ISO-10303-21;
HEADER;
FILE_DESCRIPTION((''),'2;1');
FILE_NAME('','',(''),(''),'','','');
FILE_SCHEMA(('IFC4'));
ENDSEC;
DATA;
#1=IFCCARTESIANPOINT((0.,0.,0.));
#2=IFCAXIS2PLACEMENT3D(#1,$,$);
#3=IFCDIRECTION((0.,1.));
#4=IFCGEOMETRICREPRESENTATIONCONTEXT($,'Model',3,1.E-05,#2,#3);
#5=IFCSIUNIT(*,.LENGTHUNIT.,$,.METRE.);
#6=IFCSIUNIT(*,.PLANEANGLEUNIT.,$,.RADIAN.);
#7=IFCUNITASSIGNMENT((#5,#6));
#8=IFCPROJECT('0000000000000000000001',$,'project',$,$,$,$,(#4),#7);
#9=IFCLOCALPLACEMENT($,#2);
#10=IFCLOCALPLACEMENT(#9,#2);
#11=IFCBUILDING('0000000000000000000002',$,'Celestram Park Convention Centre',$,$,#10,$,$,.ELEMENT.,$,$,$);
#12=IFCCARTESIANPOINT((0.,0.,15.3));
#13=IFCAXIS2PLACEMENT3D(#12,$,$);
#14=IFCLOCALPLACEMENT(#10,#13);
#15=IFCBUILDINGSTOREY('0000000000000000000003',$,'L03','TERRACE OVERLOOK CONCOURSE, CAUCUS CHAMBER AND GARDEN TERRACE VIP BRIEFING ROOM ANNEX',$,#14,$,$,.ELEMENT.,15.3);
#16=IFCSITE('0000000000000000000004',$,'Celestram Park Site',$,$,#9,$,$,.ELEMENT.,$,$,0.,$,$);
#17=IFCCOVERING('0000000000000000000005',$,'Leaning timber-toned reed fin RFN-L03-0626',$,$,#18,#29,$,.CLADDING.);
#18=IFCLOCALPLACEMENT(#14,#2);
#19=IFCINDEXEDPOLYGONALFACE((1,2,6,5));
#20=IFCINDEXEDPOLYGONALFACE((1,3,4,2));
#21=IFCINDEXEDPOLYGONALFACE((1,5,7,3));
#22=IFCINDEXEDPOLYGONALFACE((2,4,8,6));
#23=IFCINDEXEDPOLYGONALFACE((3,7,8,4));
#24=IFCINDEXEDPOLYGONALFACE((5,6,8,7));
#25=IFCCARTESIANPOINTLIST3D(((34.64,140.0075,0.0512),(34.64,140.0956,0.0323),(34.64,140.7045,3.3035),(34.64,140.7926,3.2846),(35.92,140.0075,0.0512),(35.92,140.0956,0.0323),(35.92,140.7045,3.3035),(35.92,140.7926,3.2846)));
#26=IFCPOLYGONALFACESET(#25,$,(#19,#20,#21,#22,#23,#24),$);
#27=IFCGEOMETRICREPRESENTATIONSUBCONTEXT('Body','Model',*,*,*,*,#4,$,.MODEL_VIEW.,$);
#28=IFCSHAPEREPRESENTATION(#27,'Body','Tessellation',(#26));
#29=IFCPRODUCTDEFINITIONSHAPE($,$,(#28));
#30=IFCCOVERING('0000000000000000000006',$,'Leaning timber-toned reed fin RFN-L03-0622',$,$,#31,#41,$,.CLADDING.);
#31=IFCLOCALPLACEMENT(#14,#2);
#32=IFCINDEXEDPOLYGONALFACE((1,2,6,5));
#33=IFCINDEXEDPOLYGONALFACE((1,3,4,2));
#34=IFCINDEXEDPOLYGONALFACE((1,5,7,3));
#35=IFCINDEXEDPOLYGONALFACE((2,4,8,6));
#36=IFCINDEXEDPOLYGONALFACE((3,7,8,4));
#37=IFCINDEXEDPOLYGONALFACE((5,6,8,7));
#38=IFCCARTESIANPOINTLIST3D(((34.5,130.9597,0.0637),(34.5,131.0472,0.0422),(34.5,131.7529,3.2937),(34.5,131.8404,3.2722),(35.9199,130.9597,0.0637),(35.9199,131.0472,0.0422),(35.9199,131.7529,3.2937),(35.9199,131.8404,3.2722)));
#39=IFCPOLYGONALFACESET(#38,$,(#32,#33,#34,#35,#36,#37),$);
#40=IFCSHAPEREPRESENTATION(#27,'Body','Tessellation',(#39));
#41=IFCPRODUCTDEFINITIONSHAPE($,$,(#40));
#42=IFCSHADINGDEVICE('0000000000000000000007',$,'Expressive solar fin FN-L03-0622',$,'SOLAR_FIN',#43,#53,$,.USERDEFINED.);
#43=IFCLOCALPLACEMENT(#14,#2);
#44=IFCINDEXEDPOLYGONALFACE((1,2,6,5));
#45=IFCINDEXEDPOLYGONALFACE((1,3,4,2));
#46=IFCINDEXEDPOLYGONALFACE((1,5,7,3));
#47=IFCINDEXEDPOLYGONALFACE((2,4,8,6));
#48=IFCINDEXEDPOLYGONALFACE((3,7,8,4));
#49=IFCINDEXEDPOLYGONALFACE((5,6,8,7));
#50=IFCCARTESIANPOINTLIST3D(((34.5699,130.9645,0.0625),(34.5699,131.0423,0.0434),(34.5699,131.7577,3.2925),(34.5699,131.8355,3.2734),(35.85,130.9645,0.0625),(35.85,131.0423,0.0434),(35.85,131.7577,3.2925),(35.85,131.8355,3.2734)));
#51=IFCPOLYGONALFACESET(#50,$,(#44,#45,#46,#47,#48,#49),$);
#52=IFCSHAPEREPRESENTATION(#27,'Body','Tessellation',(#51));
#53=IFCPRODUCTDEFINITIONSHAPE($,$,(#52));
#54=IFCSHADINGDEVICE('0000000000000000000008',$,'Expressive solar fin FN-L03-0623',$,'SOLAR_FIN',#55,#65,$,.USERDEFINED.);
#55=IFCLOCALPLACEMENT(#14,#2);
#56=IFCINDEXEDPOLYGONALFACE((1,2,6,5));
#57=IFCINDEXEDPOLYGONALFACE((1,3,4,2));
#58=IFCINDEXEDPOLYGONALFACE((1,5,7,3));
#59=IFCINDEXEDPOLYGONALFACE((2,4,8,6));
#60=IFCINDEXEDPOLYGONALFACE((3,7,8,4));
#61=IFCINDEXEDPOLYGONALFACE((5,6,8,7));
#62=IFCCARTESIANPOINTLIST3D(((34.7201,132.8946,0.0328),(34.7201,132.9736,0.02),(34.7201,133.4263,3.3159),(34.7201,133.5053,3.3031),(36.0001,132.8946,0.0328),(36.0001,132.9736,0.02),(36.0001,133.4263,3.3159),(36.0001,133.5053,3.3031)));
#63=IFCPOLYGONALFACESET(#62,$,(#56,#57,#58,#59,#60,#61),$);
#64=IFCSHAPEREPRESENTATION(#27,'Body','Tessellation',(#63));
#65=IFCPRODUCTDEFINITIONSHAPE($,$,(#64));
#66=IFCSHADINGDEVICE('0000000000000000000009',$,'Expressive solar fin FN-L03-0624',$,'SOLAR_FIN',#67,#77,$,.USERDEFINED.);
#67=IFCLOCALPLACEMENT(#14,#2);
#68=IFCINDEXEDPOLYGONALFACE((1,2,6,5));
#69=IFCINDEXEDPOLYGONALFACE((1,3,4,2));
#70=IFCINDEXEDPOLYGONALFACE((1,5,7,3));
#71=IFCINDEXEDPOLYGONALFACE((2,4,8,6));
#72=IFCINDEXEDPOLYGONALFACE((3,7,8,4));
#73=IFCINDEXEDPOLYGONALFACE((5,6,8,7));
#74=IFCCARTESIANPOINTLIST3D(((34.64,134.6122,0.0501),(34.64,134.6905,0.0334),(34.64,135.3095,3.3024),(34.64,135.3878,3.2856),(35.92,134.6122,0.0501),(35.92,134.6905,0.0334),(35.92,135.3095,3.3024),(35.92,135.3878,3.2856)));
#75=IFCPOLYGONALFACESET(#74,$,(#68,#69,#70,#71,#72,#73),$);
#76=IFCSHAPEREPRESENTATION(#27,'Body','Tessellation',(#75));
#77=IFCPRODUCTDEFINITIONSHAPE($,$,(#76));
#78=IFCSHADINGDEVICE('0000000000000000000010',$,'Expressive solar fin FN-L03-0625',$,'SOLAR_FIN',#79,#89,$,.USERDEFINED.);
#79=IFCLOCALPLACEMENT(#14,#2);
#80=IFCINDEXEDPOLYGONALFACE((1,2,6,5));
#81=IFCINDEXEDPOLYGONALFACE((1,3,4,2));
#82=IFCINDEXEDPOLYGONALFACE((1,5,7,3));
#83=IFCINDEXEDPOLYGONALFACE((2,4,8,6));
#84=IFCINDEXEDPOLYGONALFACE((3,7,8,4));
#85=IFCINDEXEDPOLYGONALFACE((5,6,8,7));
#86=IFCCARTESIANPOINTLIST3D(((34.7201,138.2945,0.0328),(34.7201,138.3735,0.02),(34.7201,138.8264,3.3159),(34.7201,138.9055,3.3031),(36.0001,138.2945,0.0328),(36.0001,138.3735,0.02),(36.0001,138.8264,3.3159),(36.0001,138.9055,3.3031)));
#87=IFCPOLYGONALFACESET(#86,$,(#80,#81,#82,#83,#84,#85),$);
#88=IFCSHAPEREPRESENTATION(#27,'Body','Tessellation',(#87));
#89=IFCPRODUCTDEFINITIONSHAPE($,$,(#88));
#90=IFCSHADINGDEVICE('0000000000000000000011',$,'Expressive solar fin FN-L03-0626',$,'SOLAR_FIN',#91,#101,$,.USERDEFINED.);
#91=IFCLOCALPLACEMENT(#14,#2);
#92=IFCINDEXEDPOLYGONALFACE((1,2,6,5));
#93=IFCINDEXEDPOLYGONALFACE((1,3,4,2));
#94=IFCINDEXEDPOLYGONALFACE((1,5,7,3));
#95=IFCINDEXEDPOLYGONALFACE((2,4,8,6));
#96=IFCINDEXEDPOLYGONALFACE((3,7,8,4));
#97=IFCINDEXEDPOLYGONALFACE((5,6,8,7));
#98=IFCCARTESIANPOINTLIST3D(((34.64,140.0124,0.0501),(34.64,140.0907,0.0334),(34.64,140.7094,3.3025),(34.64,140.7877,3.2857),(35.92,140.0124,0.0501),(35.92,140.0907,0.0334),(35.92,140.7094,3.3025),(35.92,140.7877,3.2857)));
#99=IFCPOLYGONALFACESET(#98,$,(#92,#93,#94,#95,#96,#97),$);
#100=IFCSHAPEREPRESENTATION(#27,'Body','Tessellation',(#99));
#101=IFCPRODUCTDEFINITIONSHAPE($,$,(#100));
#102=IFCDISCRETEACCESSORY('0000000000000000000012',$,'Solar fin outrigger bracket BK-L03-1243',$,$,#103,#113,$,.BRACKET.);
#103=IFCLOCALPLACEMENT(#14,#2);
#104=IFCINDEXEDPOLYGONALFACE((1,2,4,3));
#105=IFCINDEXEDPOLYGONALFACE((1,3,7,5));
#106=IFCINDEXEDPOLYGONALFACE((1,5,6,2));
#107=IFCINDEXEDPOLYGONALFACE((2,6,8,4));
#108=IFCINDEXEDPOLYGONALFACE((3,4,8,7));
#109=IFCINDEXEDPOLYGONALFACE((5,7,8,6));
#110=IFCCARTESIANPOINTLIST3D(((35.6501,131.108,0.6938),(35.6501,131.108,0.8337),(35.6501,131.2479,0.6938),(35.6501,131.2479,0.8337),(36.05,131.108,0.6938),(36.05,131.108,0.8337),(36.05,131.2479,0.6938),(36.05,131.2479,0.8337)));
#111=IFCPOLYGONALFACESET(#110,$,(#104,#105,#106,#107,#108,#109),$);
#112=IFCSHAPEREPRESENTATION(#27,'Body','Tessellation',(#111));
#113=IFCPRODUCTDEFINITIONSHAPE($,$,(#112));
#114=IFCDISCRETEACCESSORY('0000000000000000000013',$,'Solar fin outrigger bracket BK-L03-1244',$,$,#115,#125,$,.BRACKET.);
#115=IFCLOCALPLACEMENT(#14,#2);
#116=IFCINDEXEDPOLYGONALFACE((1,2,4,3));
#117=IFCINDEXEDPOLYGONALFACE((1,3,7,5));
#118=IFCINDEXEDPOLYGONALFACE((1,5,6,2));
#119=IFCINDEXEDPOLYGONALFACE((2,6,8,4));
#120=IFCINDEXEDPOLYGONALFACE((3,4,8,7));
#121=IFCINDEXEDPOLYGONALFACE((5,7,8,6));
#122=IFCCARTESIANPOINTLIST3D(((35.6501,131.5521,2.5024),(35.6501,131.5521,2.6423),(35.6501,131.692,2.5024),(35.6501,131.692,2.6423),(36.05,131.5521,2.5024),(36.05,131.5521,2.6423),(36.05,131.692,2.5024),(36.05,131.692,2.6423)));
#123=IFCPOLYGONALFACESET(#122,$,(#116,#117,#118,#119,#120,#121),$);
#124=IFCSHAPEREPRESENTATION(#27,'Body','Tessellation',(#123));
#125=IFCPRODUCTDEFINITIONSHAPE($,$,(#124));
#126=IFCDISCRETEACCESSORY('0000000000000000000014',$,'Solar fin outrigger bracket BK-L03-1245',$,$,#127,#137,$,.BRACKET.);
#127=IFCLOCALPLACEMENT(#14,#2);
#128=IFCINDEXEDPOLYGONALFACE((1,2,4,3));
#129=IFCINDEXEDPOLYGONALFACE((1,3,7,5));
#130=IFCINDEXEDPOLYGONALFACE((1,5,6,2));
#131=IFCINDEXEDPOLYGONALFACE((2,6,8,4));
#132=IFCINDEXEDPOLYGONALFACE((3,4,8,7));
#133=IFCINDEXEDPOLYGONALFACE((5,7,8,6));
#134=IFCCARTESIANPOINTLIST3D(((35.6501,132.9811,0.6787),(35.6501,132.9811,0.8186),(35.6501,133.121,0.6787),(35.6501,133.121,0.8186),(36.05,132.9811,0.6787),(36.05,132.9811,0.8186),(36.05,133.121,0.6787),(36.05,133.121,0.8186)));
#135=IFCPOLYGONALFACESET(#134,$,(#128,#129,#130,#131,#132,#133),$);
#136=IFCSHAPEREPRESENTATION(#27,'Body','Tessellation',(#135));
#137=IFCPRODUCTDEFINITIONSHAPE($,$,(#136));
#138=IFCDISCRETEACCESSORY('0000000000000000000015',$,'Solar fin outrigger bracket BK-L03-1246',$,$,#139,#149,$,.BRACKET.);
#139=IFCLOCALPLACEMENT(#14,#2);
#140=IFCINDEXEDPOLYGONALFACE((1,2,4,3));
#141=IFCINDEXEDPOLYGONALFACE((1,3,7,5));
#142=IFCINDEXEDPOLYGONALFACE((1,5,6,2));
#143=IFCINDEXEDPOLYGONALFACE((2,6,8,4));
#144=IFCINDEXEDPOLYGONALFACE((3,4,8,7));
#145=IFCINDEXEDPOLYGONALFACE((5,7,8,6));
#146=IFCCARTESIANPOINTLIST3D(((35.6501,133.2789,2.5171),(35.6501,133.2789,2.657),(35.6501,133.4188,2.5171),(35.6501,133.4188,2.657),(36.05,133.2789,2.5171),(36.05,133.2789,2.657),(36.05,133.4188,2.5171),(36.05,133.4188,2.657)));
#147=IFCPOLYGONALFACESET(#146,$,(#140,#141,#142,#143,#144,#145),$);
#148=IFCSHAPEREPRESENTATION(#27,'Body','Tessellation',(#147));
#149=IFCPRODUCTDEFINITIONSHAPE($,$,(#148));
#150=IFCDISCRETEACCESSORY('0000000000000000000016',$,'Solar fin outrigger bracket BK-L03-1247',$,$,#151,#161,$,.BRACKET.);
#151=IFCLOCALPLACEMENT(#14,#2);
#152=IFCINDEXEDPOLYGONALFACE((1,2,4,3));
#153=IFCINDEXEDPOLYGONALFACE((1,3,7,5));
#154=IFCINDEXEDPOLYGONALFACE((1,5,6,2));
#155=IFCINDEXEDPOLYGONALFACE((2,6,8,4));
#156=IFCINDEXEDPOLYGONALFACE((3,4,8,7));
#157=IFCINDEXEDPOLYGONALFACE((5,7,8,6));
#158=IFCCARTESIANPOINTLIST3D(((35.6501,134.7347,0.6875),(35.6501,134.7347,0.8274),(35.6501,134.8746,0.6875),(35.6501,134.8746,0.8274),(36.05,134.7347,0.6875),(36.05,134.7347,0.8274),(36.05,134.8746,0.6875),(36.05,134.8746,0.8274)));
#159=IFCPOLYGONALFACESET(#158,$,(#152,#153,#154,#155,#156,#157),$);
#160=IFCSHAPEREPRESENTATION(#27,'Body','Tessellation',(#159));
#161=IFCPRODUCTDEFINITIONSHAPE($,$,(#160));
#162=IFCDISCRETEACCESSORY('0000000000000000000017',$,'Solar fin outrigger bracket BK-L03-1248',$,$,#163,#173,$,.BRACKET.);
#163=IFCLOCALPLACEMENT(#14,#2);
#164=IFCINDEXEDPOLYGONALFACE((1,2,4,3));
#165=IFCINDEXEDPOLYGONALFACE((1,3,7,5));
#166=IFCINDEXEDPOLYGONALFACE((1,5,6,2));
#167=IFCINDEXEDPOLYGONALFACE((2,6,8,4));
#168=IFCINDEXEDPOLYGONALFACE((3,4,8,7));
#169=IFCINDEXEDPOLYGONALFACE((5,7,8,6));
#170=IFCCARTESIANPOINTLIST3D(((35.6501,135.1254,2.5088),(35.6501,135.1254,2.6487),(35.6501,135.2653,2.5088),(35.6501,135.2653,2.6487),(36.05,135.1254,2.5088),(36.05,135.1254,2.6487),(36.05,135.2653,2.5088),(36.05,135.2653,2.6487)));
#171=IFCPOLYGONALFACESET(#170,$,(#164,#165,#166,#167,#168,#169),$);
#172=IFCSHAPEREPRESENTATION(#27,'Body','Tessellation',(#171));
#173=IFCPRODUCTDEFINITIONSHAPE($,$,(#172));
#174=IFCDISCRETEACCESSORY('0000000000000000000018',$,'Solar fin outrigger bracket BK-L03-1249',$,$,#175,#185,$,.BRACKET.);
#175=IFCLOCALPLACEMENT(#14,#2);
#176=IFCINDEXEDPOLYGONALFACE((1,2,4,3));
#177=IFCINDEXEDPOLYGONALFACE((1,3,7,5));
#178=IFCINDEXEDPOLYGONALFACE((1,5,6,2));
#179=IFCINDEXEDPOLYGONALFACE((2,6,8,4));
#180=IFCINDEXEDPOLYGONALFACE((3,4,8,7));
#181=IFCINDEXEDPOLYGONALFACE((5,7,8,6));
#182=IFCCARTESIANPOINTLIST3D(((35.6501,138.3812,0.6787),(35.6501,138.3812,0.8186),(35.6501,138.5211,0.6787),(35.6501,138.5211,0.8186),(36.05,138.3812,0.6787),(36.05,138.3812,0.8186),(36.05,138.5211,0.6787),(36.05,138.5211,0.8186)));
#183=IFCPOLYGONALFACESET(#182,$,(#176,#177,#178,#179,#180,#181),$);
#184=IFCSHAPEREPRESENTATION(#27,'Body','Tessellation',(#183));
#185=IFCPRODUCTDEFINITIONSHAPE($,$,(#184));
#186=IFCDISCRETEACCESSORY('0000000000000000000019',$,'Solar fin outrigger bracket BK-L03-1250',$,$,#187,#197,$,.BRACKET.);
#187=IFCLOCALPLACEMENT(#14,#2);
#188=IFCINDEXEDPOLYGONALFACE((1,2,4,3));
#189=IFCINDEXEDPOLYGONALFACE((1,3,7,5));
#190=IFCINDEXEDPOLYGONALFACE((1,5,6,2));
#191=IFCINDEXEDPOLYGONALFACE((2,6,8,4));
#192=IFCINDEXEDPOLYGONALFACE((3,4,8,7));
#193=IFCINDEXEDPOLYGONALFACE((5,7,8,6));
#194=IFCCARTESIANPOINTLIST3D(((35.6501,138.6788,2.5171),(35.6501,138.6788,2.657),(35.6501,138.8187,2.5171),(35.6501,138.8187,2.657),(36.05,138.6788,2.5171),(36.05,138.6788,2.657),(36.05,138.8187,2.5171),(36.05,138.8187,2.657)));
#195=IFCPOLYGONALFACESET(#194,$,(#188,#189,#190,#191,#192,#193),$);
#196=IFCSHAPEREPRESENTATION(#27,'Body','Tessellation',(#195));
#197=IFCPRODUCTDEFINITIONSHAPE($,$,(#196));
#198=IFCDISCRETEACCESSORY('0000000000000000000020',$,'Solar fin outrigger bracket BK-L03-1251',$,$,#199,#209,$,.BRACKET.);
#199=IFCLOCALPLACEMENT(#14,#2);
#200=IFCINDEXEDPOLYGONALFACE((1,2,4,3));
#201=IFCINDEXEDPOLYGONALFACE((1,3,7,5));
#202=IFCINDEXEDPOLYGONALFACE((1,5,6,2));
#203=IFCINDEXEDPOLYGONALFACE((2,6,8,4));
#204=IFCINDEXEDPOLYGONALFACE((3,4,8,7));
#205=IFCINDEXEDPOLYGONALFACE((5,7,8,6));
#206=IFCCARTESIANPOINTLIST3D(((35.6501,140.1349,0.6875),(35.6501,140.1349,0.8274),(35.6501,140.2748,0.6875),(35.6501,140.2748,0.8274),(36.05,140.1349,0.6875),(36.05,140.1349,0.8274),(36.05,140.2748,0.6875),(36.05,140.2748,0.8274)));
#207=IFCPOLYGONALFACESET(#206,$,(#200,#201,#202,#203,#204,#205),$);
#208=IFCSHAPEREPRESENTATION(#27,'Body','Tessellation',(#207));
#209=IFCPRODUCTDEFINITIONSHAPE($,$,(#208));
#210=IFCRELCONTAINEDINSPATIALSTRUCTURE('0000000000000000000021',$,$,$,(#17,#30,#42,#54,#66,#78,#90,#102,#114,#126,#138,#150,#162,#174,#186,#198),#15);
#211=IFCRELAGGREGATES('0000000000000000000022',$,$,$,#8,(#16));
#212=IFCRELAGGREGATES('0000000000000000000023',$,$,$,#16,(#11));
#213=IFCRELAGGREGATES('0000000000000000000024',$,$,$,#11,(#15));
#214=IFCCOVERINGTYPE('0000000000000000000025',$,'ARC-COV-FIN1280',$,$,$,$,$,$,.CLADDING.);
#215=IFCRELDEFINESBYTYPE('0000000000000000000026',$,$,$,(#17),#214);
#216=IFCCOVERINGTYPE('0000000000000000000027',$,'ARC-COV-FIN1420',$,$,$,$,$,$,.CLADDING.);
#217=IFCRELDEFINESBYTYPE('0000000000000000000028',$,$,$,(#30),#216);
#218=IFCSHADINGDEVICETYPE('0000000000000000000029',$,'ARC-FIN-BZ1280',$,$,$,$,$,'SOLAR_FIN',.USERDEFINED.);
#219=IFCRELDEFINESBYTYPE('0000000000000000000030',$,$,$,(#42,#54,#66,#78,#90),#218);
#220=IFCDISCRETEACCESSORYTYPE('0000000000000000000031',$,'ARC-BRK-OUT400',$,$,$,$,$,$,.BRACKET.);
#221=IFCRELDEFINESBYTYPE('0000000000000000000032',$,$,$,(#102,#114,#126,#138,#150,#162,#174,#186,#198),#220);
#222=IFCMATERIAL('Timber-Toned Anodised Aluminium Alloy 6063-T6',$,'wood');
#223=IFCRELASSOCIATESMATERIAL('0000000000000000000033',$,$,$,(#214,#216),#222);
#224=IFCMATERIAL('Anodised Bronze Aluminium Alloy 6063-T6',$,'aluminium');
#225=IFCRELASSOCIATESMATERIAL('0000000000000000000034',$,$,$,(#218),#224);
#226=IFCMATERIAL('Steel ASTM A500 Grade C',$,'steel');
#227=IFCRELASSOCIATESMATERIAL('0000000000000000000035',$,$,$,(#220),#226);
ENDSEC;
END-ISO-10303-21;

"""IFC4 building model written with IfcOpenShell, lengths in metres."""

from ifc_helpers import new_model, si_unit, direction, frame, origin, origin_2d, place, context, subcontext, project, spatial, rectangle, extrude, material, material_profile, profile_set, type_object, element, save


model = new_model("IFC4")

# Units and contexts
model_context = context("Model", 3, precision=1e-05, world=origin(), true_north=direction((0.0, 1.0)))
body_context = subcontext(model_context, "Body", "Model", "MODEL_VIEW")
ifc_project = project(units=[si_unit("LENGTHUNIT", "METRE"), si_unit("PLANEANGLEUNIT", "RADIAN")], contexts=[model_context])

# Site, building, storey
site_placement = place(None, origin())
site = spatial("IfcSite", under=ifc_project, at=site_placement, Name="Celestram Park Site", CompositionType="ELEMENT", RefElevation=0.0)
building_placement = place(site_placement, origin())
building = spatial("IfcBuilding", under=site, at=building_placement, Name="Celestram Park Convention Centre", CompositionType="ELEMENT")
storey_placement = place(building_placement, frame((0.0, 0.0, 15.3)))
storey = spatial("IfcBuildingStorey", under=building, at=storey_placement, Name="L03", Description="TERRACE OVERLOOK CONCOURSE, CAUCUS CHAMBER AND GARDEN TERRACE VIP BRIEFING ROOM ANNEX", CompositionType="ELEMENT", Elevation=15.3)

# Shared definitions
ifc_material_1 = material(Name="Steel ASTM A500 Grade C", Category="steel")

# Coverings
ifc_material_2 = material(Name="Timber-Toned Anodised Aluminium Alloy 6063-T6", Category="wood")
ifc_material_profile_1 = material_profile(ifc_material_2, rectangle(XDim=1.28, YDim=0.0901, at=origin_2d()), Name="REED1280X90")
ifc_profile_set_1 = profile_set([ifc_material_profile_1], Name="Timber-Toned Anodised Aluminium Alloy 6063-T6")
covering_type_1 = type_object("IfcCoveringType", Name="ARC-COV-FIN1280", PredefinedType="CLADDING", material=ifc_profile_set_1)
for number, where, z_axis, x_axis, name in (
    (1, (35.28, 140.0515, 0.0417), (0.0, 0.209564, 0.977795), (-1.0, 0.0, 0.0), "Leaning timber-toned reed fin RFN-L03-0626"),
):
    element("IfcCovering", number, at=place(storey_placement, frame(where, z_axis=z_axis, x_axis=x_axis)), inside=storey, type_object=covering_type_1, Name=name, PredefinedType="CLADDING", context=body_context, shape_type="SweptSolid", body=[
        extrude(rectangle(XDim=1.28, YDim=0.0901, at=origin_2d()), origin(), (0.0, 0.0, 1.0), 3.3262),
    ])
ifc_material_profile_2 = material_profile(ifc_material_2, rectangle(XDim=1.4199, YDim=0.0901, at=origin_2d()), Name="REED1420X90")
ifc_profile_set_2 = profile_set([ifc_material_profile_2], Name="Timber-Toned Anodised Aluminium Alloy 6063-T6")
covering_type_2 = type_object("IfcCoveringType", Name="ARC-COV-FIN1420", PredefinedType="CLADDING", material=ifc_profile_set_2)
covering_1_placement = place(storey_placement, frame((35.21, 131.0034, 0.053), z_axis=(0.0, 0.238492, 0.971144), x_axis=(-1.0, 0.0, 0.0)))
element("IfcCovering", 2, at=covering_1_placement, inside=storey, type_object=covering_type_2, Name="Leaning timber-toned reed fin RFN-L03-0622", PredefinedType="CLADDING", context=body_context, shape_type="SweptSolid", body=[
    extrude(rectangle(XDim=1.4199, YDim=0.0901, at=origin_2d()), origin(), (0.0, 0.0, 1.0), 3.3259),
])

# Shading devices
ifc_material_3 = material(Name="Anodised Bronze Aluminium Alloy 6063-T6", Category="aluminium")
ifc_material_profile_3 = material_profile(ifc_material_3, rectangle(XDim=1.28, YDim=0.0801, at=origin_2d()), Name="FIN1280X80")
ifc_profile_set_3 = profile_set([ifc_material_profile_3], Name="Anodised Bronze Aluminium Alloy 6063-T6")
shading_device_type = type_object("IfcShadingDeviceType", Name="ARC-FIN-BZ1280", ElementType="SOLAR_FIN", PredefinedType="USERDEFINED", material=ifc_profile_set_3)
for number, where, z_axis, x_axis, name in (
    (3, (35.21, 131.0034, 0.053), (0.0, 0.238492, 0.971144), (-1.0, 0.0, 0.0), "Expressive solar fin FN-L03-0622"),
    (4, (35.3601, 132.9341, 0.0264), (0.0, 0.159874, 0.987137), (-1.0, 0.0, 0.0), "Expressive solar fin FN-L03-0623"),
):
    element("IfcShadingDevice", number, at=place(storey_placement, frame(where, z_axis=z_axis, x_axis=x_axis)), inside=storey, type_object=shading_device_type, Name=name, ObjectType="SOLAR_FIN", PredefinedType="USERDEFINED", context=body_context, shape_type="SweptSolid", body=[
        extrude(rectangle(XDim=1.28, YDim=0.0801, at=origin_2d()), origin(), (0.0, 0.0, 1.0), 3.3259),
    ])
shading_device_1_placement = place(storey_placement, frame((35.28, 134.6514, 0.0417), z_axis=(0.0, 0.209634, 0.97778), x_axis=(-1.0, 0.0, 0.0)))
element("IfcShadingDevice", 5, at=shading_device_1_placement, inside=storey, type_object=shading_device_type, Name="Expressive solar fin FN-L03-0624", ObjectType="SOLAR_FIN", PredefinedType="USERDEFINED", context=body_context, shape_type="SweptSolid", body=[
    extrude(rectangle(XDim=1.28, YDim=0.0801, at=origin_2d()), origin(), (0.0, 0.0, 1.0), 3.3262),
])
shading_device_2_placement = place(storey_placement, frame((35.3601, 138.334, 0.0264), z_axis=(0.0, 0.159946, 0.987126), x_axis=(-1.0, 0.0, 0.0)))
element("IfcShadingDevice", 6, at=shading_device_2_placement, inside=storey, type_object=shading_device_type, Name="Expressive solar fin FN-L03-0625", ObjectType="SOLAR_FIN", PredefinedType="USERDEFINED", context=body_context, shape_type="SweptSolid", body=[
    extrude(rectangle(XDim=1.28, YDim=0.0801, at=origin_2d()), origin(), (0.0, 0.0, 1.0), 3.3259),
])
shading_device_3_placement = place(storey_placement, frame((35.28, 140.0515, 0.0417), z_axis=(0.0, 0.209564, 0.977795), x_axis=(-1.0, 0.0, 0.0)))
element("IfcShadingDevice", 7, at=shading_device_3_placement, inside=storey, type_object=shading_device_type, Name="Expressive solar fin FN-L03-0626", ObjectType="SOLAR_FIN", PredefinedType="USERDEFINED", context=body_context, shape_type="SweptSolid", body=[
    extrude(rectangle(XDim=1.28, YDim=0.0801, at=origin_2d()), origin(), (0.0, 0.0, 1.0), 3.3262),
])

# Discrete accessories
discrete_accessory_type = type_object("IfcDiscreteAccessoryType", Name="ARC-BRK-OUT400", PredefinedType="BRACKET", material=ifc_material_1)
for number, where, z_axis, x_axis, name in (
    (8, (35.8501, 131.178, 0.6938), (0.0, 0.0, 1.0), (-1.0, 0.0, 0.0), "Solar fin outrigger bracket BK-L03-1243"),
    (9, (35.8501, 131.6221, 2.5024), (0.0, 0.0, 1.0), (-1.0, 0.0, 0.0), "Solar fin outrigger bracket BK-L03-1244"),
    (10, (35.8501, 133.051, 0.6787), (0.0, 0.0, 1.0), (-1.0, 0.0, 0.0), "Solar fin outrigger bracket BK-L03-1245"),
    (11, (35.8501, 133.3489, 2.5171), (0.0, 0.0, 1.0), (-1.0, 0.0, 0.0), "Solar fin outrigger bracket BK-L03-1246"),
    (12, (35.8501, 134.8047, 0.6875), (0.0, 0.0, 1.0), (-1.0, 0.0, 0.0), "Solar fin outrigger bracket BK-L03-1247"),
    (13, (35.8501, 135.1953, 2.5088), (0.0, 0.0, 1.0), (-1.0, 0.0, 0.0), "Solar fin outrigger bracket BK-L03-1248"),
    (14, (35.8501, 138.4512, 0.6787), (0.0, 0.0, 1.0), (-1.0, 0.0, 0.0), "Solar fin outrigger bracket BK-L03-1249"),
    (15, (35.8501, 138.7488, 2.5171), (0.0, 0.0, 1.0), (-1.0, 0.0, 0.0), "Solar fin outrigger bracket BK-L03-1250"),
    (16, (35.8501, 140.2048, 0.6875), (0.0, 0.0, 1.0), (-1.0, 0.0, 0.0), "Solar fin outrigger bracket BK-L03-1251"),
):
    element("IfcDiscreteAccessory", number, at=place(storey_placement, frame(where, z_axis=z_axis, x_axis=x_axis)), inside=storey, type_object=discrete_accessory_type, Name=name, PredefinedType="BRACKET", context=body_context, shape_type="SweptSolid", body=[
        extrude(rectangle(XDim=0.3999, YDim=0.1399, at=origin_2d()), origin(), (0.0, 0.0, 1.0), 0.1399),
    ])

save(model, "model.ifc")
